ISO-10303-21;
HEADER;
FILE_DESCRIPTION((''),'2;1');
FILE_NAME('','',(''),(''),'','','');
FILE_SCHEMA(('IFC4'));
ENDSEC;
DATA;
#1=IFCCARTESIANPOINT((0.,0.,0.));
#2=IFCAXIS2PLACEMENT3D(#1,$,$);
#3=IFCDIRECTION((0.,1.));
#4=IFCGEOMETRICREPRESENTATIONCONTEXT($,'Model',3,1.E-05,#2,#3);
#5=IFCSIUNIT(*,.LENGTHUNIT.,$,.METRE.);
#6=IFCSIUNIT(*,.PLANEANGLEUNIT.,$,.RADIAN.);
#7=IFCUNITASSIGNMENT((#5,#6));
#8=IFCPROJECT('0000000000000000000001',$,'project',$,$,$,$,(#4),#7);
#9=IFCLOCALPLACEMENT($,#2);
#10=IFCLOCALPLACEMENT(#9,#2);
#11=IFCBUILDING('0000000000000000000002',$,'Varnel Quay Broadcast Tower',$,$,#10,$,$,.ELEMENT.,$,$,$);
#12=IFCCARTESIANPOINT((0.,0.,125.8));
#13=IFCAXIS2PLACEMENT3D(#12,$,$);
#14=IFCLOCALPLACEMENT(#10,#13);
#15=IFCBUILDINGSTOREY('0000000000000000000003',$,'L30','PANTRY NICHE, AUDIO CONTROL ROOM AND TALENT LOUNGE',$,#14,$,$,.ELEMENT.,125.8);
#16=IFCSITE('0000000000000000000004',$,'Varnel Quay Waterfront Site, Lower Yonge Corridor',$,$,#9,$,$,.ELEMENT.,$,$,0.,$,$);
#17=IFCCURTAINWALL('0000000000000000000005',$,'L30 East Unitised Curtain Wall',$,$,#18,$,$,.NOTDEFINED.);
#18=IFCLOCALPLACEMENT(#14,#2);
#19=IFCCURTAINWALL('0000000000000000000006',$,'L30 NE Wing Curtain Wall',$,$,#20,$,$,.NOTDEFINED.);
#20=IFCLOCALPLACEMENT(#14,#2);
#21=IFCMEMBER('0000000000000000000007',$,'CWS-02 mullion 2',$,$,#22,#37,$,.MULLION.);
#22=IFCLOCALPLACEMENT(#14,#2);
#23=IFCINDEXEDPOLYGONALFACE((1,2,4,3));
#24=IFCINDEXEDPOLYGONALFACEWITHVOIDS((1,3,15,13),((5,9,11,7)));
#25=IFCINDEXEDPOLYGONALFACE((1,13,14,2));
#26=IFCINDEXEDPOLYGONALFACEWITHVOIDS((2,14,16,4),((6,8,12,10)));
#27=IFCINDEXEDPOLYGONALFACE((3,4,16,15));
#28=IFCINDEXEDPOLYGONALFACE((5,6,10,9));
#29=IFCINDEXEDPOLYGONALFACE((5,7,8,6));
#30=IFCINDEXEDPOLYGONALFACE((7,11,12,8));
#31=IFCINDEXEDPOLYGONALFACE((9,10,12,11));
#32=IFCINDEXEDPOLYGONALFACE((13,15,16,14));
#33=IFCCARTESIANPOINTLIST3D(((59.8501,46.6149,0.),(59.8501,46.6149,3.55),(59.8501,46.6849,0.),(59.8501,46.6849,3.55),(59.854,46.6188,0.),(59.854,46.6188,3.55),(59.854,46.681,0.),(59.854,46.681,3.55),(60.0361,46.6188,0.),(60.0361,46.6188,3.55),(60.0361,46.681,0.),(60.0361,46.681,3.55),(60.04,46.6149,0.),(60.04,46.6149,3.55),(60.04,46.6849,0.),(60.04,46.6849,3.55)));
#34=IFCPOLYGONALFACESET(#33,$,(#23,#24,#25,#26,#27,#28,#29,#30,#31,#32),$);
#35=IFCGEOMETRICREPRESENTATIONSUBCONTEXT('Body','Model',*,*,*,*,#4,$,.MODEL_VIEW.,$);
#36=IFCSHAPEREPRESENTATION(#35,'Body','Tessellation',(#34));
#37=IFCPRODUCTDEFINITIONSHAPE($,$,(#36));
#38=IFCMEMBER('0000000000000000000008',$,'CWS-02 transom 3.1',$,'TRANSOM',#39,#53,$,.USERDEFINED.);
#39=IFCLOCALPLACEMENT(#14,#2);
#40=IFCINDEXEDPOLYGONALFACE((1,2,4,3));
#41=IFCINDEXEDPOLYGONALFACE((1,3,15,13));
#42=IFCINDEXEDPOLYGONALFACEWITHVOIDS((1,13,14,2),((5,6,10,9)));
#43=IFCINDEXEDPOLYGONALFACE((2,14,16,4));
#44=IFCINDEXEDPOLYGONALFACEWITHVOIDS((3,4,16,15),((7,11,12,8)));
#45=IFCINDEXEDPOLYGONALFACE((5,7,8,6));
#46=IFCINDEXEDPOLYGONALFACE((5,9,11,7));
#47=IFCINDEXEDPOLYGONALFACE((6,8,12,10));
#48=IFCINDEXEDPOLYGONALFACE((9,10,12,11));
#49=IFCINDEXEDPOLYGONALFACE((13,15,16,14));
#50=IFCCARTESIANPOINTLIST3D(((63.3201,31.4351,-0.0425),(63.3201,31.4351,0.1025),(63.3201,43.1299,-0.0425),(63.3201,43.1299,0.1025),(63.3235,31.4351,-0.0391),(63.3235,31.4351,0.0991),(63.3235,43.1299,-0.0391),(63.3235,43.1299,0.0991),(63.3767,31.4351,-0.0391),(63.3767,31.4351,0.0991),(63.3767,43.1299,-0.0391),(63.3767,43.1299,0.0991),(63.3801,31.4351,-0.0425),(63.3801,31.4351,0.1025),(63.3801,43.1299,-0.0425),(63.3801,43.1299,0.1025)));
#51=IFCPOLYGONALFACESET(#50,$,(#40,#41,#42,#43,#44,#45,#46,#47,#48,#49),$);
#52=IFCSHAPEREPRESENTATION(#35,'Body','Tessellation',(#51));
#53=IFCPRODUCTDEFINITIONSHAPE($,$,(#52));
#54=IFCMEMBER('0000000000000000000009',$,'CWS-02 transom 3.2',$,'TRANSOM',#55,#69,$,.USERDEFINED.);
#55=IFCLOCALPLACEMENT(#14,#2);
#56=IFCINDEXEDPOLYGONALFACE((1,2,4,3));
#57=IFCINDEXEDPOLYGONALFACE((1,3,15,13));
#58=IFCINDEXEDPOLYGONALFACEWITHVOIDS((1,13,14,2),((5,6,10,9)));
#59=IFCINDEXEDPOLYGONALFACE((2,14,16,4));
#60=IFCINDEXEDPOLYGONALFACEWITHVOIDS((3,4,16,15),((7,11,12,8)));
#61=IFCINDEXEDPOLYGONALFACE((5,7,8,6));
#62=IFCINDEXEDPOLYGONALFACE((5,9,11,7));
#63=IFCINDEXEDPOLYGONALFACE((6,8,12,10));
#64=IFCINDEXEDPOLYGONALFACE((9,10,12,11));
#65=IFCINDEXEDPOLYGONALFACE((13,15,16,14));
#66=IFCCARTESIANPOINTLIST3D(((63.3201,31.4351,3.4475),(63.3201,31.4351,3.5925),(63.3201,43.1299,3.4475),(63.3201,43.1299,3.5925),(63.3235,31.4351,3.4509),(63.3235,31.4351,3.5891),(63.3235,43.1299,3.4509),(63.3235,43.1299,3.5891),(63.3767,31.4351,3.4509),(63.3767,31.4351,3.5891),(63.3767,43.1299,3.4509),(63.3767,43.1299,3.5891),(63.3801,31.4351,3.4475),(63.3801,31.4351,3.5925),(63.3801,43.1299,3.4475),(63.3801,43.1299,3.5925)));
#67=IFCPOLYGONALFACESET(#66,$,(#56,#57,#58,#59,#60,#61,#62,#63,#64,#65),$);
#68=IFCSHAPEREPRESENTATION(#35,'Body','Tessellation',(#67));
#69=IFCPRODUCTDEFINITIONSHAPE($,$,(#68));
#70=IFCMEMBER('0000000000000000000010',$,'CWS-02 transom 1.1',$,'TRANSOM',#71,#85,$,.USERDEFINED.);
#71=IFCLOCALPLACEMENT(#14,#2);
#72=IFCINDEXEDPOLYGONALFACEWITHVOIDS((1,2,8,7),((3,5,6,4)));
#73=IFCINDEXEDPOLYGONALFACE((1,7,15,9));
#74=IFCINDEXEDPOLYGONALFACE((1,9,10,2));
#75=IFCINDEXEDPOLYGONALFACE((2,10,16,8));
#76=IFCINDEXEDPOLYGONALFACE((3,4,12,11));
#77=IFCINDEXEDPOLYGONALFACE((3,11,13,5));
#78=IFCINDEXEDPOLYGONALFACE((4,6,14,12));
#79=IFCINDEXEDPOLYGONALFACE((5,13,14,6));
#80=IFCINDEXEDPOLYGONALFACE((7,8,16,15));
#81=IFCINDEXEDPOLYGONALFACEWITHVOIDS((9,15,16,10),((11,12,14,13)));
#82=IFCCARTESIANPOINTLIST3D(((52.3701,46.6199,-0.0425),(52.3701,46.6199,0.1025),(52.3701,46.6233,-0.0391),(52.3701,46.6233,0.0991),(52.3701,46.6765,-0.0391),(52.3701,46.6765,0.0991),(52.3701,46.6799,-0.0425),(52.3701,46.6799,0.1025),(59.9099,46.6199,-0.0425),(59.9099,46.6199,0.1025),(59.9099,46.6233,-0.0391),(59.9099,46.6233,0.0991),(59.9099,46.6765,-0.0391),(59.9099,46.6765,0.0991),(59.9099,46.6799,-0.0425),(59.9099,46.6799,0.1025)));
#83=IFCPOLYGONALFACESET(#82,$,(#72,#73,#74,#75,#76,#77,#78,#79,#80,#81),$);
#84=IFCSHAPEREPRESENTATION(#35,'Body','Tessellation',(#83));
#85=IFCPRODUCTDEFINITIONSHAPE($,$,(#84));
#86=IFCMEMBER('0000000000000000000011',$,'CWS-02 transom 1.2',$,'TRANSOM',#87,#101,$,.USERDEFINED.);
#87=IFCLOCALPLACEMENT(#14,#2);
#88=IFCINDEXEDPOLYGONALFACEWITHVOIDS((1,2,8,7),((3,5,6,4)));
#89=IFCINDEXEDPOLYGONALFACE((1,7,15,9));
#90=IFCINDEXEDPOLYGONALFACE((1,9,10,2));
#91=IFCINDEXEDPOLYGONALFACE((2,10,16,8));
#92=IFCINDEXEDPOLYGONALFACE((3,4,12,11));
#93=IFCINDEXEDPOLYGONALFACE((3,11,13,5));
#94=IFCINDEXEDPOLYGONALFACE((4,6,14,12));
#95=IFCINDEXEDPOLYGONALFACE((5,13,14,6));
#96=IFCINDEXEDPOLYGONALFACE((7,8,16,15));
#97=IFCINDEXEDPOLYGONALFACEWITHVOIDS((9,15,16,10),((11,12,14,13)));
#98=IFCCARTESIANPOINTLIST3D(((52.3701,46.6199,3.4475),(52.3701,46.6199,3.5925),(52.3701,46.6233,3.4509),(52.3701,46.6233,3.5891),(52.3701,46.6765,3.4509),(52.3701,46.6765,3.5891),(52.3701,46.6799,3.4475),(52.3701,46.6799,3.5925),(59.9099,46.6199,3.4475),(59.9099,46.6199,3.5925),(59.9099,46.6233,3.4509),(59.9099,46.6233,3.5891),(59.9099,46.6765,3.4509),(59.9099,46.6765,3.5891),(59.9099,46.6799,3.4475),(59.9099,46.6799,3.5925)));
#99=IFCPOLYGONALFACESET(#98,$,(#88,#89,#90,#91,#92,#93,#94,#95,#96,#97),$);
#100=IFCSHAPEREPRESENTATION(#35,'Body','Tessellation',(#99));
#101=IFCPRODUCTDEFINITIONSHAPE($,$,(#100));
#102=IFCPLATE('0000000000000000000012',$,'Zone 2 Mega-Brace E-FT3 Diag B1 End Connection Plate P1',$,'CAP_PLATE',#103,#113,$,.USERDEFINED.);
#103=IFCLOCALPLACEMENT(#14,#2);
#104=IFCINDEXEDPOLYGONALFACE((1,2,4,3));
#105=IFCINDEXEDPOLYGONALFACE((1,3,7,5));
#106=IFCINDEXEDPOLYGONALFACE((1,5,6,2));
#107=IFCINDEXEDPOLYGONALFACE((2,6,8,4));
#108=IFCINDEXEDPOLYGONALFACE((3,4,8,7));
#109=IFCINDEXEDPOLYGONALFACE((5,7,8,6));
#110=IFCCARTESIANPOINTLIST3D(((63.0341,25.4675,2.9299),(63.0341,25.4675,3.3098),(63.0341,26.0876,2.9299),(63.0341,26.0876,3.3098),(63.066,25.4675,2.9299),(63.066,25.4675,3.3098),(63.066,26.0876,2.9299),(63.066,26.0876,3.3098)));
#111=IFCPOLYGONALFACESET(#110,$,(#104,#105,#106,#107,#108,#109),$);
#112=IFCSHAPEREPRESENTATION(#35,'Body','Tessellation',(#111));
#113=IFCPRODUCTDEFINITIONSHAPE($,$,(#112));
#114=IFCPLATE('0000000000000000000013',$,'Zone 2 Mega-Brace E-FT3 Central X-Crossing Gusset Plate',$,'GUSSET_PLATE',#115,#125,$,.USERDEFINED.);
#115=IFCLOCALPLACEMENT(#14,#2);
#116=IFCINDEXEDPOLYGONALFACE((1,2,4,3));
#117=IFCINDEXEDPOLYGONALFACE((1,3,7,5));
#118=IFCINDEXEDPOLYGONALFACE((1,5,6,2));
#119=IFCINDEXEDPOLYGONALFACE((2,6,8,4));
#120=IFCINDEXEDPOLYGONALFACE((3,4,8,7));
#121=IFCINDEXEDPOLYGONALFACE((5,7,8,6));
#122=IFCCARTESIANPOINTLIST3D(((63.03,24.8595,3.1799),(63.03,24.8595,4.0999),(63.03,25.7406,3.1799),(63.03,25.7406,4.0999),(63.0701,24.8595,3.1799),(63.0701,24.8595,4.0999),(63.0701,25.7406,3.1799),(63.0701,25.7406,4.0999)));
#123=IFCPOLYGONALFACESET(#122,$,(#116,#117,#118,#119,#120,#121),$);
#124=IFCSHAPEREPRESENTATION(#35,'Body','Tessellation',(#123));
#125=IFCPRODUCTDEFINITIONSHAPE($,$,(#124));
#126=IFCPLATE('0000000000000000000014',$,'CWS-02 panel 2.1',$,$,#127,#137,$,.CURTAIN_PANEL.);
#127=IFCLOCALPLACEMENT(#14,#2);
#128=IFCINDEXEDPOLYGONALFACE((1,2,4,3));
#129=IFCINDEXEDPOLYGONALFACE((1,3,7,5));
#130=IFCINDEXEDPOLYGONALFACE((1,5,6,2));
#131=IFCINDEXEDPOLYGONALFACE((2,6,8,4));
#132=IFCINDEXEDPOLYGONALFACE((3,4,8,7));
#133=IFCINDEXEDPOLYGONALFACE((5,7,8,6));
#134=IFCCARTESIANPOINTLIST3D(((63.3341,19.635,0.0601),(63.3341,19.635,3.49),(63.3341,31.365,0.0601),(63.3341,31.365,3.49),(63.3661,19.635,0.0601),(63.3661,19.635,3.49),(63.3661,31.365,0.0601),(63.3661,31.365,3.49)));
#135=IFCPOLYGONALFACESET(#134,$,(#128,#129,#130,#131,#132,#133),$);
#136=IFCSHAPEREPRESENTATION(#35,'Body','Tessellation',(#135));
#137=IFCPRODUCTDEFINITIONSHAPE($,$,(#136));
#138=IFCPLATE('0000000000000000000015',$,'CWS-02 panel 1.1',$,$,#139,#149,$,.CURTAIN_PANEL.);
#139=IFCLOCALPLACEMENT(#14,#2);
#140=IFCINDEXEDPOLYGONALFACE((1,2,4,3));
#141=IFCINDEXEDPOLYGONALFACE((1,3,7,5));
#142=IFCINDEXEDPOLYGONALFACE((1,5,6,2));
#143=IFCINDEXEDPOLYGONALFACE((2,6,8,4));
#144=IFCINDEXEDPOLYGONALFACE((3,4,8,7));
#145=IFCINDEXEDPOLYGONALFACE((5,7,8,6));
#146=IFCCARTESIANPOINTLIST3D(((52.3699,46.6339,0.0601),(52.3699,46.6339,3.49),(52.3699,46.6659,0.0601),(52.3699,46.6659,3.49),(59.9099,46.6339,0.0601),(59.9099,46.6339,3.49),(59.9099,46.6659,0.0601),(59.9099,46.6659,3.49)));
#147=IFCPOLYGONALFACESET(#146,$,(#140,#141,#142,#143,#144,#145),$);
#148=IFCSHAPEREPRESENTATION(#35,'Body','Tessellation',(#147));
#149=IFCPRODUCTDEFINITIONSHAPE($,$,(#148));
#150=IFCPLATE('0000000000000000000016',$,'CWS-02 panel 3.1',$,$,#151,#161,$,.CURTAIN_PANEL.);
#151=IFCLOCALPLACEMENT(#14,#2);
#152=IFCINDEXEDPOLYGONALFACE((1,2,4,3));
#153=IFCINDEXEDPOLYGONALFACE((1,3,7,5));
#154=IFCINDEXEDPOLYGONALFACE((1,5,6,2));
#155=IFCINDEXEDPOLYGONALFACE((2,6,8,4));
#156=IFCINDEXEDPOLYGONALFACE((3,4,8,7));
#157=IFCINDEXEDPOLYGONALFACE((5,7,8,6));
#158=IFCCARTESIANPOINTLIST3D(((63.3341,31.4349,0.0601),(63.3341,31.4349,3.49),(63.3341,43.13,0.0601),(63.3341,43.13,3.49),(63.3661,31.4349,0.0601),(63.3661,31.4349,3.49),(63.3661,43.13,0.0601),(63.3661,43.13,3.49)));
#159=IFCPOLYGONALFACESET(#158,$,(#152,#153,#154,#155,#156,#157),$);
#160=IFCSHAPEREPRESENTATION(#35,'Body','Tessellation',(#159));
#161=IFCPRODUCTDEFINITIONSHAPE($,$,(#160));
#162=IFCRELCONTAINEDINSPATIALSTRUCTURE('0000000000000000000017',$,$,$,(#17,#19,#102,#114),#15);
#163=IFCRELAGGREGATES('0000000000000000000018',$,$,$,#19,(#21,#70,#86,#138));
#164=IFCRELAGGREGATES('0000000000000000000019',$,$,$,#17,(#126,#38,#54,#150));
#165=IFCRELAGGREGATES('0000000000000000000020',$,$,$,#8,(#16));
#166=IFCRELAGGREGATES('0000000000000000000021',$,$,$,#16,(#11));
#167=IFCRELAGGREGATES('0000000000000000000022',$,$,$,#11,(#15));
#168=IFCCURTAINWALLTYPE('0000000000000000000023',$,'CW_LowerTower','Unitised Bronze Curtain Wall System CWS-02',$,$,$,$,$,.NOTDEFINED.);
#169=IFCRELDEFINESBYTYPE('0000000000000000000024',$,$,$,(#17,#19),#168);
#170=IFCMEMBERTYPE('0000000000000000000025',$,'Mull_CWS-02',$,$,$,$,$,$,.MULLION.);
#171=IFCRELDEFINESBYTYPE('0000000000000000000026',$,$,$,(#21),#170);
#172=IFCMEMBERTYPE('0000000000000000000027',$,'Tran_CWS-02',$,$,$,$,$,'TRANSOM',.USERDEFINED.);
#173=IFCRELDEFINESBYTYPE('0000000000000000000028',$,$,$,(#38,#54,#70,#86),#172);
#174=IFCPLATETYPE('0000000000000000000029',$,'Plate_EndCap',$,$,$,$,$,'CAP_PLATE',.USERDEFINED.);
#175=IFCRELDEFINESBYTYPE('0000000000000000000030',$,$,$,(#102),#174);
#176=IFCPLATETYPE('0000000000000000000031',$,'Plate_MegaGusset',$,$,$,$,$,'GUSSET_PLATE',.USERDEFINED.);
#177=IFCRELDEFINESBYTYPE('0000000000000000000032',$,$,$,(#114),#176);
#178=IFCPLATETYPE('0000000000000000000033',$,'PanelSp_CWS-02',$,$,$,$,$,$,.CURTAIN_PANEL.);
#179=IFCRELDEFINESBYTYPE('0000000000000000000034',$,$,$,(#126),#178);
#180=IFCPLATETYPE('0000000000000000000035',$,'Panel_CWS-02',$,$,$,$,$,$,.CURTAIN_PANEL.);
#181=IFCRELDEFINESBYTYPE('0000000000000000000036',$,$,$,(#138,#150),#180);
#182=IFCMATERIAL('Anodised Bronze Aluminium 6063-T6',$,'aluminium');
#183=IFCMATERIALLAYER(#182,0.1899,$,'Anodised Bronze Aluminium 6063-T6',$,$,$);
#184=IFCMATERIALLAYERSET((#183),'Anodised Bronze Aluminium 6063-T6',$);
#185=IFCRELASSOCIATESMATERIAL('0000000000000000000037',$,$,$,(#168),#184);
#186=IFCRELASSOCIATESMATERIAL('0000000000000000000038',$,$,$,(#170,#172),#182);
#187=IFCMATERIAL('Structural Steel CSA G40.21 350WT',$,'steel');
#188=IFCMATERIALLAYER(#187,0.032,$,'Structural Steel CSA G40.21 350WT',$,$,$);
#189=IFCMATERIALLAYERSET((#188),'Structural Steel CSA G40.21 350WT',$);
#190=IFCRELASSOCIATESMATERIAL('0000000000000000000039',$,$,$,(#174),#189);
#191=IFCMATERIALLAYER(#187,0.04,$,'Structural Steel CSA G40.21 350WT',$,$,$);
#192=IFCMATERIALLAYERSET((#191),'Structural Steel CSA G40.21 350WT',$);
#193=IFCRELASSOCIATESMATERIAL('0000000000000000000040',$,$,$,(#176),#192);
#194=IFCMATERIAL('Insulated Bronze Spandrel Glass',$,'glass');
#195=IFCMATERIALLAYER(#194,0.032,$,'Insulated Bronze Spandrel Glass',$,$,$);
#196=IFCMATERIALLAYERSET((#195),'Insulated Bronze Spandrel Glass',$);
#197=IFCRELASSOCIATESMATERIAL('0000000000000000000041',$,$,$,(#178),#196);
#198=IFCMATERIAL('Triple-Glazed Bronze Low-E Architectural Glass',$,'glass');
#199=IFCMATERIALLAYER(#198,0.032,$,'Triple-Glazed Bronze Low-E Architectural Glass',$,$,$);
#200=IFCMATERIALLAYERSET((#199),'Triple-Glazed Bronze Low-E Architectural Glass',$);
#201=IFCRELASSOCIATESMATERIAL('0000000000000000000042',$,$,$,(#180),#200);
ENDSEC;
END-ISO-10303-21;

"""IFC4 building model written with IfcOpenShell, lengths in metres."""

from ifc_helpers import new_model, si_unit, direction, frame, origin, origin_2d, place, context, subcontext, project, spatial, rectangle, hollow_rectangle, extrude, source, transform, mapped, material, layer, layer_set, material_profile, profile_set, type_object, type_shapes, element, aggregate, save


model = new_model("IFC4")

# Units and contexts
model_context = context("Model", 3, precision=1e-05, world=origin(), true_north=direction((0.0, 1.0)))
body_context = subcontext(model_context, "Body", "Model", "MODEL_VIEW")
ifc_project = project(units=[si_unit("LENGTHUNIT", "METRE"), si_unit("PLANEANGLEUNIT", "RADIAN")], contexts=[model_context])

# Site, building, storey
site_placement = place(None, origin())
site = spatial("IfcSite", under=ifc_project, at=site_placement, Name="Varnel Quay Waterfront Site, Lower Yonge Corridor", CompositionType="ELEMENT", RefElevation=0.0)
building_placement = place(site_placement, origin())
building = spatial("IfcBuilding", under=site, at=building_placement, Name="Varnel Quay Broadcast Tower", CompositionType="ELEMENT")
storey_placement = place(building_placement, frame((0.0, 0.0, 125.8)))
storey = spatial("IfcBuildingStorey", under=building, at=storey_placement, Name="L30", Description="PANTRY NICHE, AUDIO CONTROL ROOM AND TALENT LOUNGE", CompositionType="ELEMENT", Elevation=125.8)

# Shared definitions
ifc_material_1 = material(Name="Structural Steel CSA G40.21 350WT", Category="steel")

# Curtain walls, member
ifc_material_2 = material(Name="Anodised Bronze Aluminium 6063-T6", Category="aluminium")
ifc_layer_1 = layer(ifc_material_2, 0.1899, Name="Anodised Bronze Aluminium 6063-T6")
ifc_layer_set_1 = layer_set([ifc_layer_1], Name="Anodised Bronze Aluminium 6063-T6")
curtain_wall_type = type_object("IfcCurtainWallType", Name="CW_LowerTower", Description="Unitised Bronze Curtain Wall System CWS-02", PredefinedType="NOTDEFINED", material=ifc_layer_set_1)
curtain_wall_1_placement = place(storey_placement, origin())
curtain_wall_1 = element("IfcCurtainWall", 1, at=curtain_wall_1_placement, inside=storey, type_object=curtain_wall_type, Name="L30 East Unitised Curtain Wall", PredefinedType="NOTDEFINED")
ifc_material_profile_1 = material_profile(ifc_material_2, hollow_rectangle(XDim=0.0701, YDim=0.1899, WallThickness=0.0039, at=origin_2d()), Name="ALU70X190X4")
ifc_profile_set_1 = profile_set([ifc_material_profile_1], Name="Anodised Bronze Aluminium 6063-T6")
member_type_1 = type_object("IfcMemberType", Name="Mull_CWS-02", PredefinedType="MULLION", material=ifc_profile_set_1)
shared_shape_1 = source(origin(), body_context, "Body", "SweptSolid", [
    extrude(hollow_rectangle(XDim=0.0701, YDim=0.1899, WallThickness=0.0039, at=origin_2d()), origin(), (0.0, 0.0, 1.0), 3.55),
])
type_shapes(member_type_1, [shared_shape_1])
curtain_wall_2_placement = place(storey_placement, origin())
curtain_wall_2 = element("IfcCurtainWall", 2, at=curtain_wall_2_placement, inside=storey, type_object=curtain_wall_type, Name="L30 NE Wing Curtain Wall", PredefinedType="NOTDEFINED")
member_1_placement = place(storey_placement, frame((59.9451, 46.6499, 0.0), z_axis=(0.0, 0.0, 1.0), x_axis=(0.0, 1.0, 0.0)))
member_1 = element("IfcMember", 3, at=member_1_placement, type_object=member_type_1, Name="CWS-02 mullion 2", PredefinedType="MULLION", context=body_context, shape_type="MappedRepresentation", body=[
    mapped(shared_shape_1, transform((0.0, 0.0, 0.0), x_axis=(1.0, 0.0, 0.0), y_axis=(0.0, 1.0, 0.0), z_axis=(0.0, 0.0, 1.0), scale=1.0)),
])

# Members
ifc_material_profile_2 = material_profile(ifc_material_2, hollow_rectangle(XDim=0.0601, YDim=0.145, WallThickness=0.0034, at=origin_2d()), Name="ALU60X145X3.5")
ifc_profile_set_2 = profile_set([ifc_material_profile_2], Name="Anodised Bronze Aluminium 6063-T6")
member_type_2 = type_object("IfcMemberType", Name="Tran_CWS-02", ElementType="TRANSOM", PredefinedType="USERDEFINED", material=ifc_profile_set_2)
shared_shape_2 = source(origin(), body_context, "Body", "SweptSolid", [
    extrude(hollow_rectangle(XDim=0.0601, YDim=0.145, WallThickness=0.0034, at=origin_2d()), origin(), (0.0, 0.0, 1.0), 11.6948),
])
member_2_placement = place(storey_placement, frame((63.3501, 31.4351, 0.03), z_axis=(0.0, 1.0, 0.0), x_axis=(-1.0, 0.0, 0.0)))
member_2 = element("IfcMember", 4, at=member_2_placement, type_object=member_type_2, Name="CWS-02 transom 3.1", ObjectType="TRANSOM", PredefinedType="USERDEFINED", context=body_context, shape_type="MappedRepresentation", body=[
    mapped(shared_shape_2, transform((0.0, 0.0, 0.0), x_axis=(1.0, 0.0, 0.0), y_axis=(0.0, 1.0, 0.0), z_axis=(0.0, 0.0, 1.0), scale=1.0)),
])
member_3_placement = place(storey_placement, frame((63.3501, 31.4351, 3.52), z_axis=(0.0, 1.0, 0.0), x_axis=(-1.0, 0.0, 0.0)))
member_3 = element("IfcMember", 5, at=member_3_placement, type_object=member_type_2, Name="CWS-02 transom 3.2", ObjectType="TRANSOM", PredefinedType="USERDEFINED", context=body_context, shape_type="MappedRepresentation", body=[
    mapped(shared_shape_2, transform((0.0, 0.0, 0.0), x_axis=(1.0, 0.0, 0.0), y_axis=(0.0, 1.0, 0.0), z_axis=(0.0, 0.0, 1.0), scale=1.0)),
])
shared_shape_3 = source(origin(), body_context, "Body", "SweptSolid", [
    extrude(hollow_rectangle(XDim=0.0601, YDim=0.145, WallThickness=0.0034, at=origin_2d()), origin(), (0.0, 0.0, 1.0), 7.5398),
])
type_shapes(member_type_2, [shared_shape_2, shared_shape_3])
member_4_placement = place(storey_placement, frame((52.3701, 46.6499, 0.03), z_axis=(1.0, 0.0, 0.0), x_axis=(0.0, 1.0, 0.0)))
member_4 = element("IfcMember", 6, at=member_4_placement, type_object=member_type_2, Name="CWS-02 transom 1.1", ObjectType="TRANSOM", PredefinedType="USERDEFINED", context=body_context, shape_type="MappedRepresentation", body=[
    mapped(shared_shape_3, transform((0.0, 0.0, 0.0), x_axis=(1.0, 0.0, 0.0), y_axis=(0.0, 1.0, 0.0), z_axis=(0.0, 0.0, 1.0), scale=1.0)),
])
member_5_placement = place(storey_placement, frame((52.3701, 46.6499, 3.52), z_axis=(1.0, 0.0, 0.0), x_axis=(0.0, 1.0, 0.0)))
member_5 = element("IfcMember", 7, at=member_5_placement, type_object=member_type_2, Name="CWS-02 transom 1.2", ObjectType="TRANSOM", PredefinedType="USERDEFINED", context=body_context, shape_type="MappedRepresentation", body=[
    mapped(shared_shape_3, transform((0.0, 0.0, 0.0), x_axis=(1.0, 0.0, 0.0), y_axis=(0.0, 1.0, 0.0), z_axis=(0.0, 0.0, 1.0), scale=1.0)),
])

# Plates
ifc_layer_2 = layer(ifc_material_1, 0.032, Name="Structural Steel CSA G40.21 350WT")
ifc_layer_set_2 = layer_set([ifc_layer_2], Name="Structural Steel CSA G40.21 350WT")
plate_type_1 = type_object("IfcPlateType", Name="Plate_EndCap", ElementType="CAP_PLATE", PredefinedType="USERDEFINED", material=ifc_layer_set_2)
shared_shape_4 = source(origin(), body_context, "Body", "SweptSolid", [
    extrude(rectangle(XDim=0.6201, YDim=0.032, at=origin_2d()), origin(), (0.0, 0.0, 1.0), 0.3799),
])
type_shapes(plate_type_1, [shared_shape_4])
plate_1_placement = place(storey_placement, frame((63.05, 25.7776, 2.9299), z_axis=(0.0, 0.0, 1.0), x_axis=(0.0, 1.0, 0.0)))
element("IfcPlate", 8, at=plate_1_placement, inside=storey, type_object=plate_type_1, Name="Zone 2 Mega-Brace E-FT3 Diag B1 End Connection Plate P1", ObjectType="CAP_PLATE", PredefinedType="USERDEFINED", context=body_context, shape_type="MappedRepresentation", body=[
    mapped(shared_shape_4, transform((0.0, 0.0, 0.0), x_axis=(1.0, 0.0, 0.0), y_axis=(0.0, 1.0, 0.0), z_axis=(0.0, 0.0, 1.0), scale=1.0)),
])
ifc_layer_3 = layer(ifc_material_1, 0.04, Name="Structural Steel CSA G40.21 350WT")
ifc_layer_set_3 = layer_set([ifc_layer_3], Name="Structural Steel CSA G40.21 350WT")
plate_type_2 = type_object("IfcPlateType", Name="Plate_MegaGusset", ElementType="GUSSET_PLATE", PredefinedType="USERDEFINED", material=ifc_layer_set_3)
shared_shape_5 = source(origin(), body_context, "Body", "SweptSolid", [
    extrude(rectangle(XDim=0.8811, YDim=0.04, at=origin_2d()), origin(), (0.0, 0.0, 1.0), 0.9199),
])
type_shapes(plate_type_2, [shared_shape_5])
plate_2_placement = place(storey_placement, frame((63.05, 25.3, 3.1799), z_axis=(0.0, 0.0, 1.0), x_axis=(0.0, 1.0, 0.0)))
element("IfcPlate", 9, at=plate_2_placement, inside=storey, type_object=plate_type_2, Name="Zone 2 Mega-Brace E-FT3 Central X-Crossing Gusset Plate", ObjectType="GUSSET_PLATE", PredefinedType="USERDEFINED", context=body_context, shape_type="MappedRepresentation", body=[
    mapped(shared_shape_5, transform((0.0, 0.0, 0.0), x_axis=(1.0, 0.0, 0.0), y_axis=(0.0, 1.0, 0.0), z_axis=(0.0, 0.0, 1.0), scale=1.0)),
])

# Plates
ifc_material_3 = material(Name="Insulated Bronze Spandrel Glass", Category="glass")
ifc_layer_4 = layer(ifc_material_3, 0.032, Name="Insulated Bronze Spandrel Glass")
ifc_layer_set_4 = layer_set([ifc_layer_4], Name="Insulated Bronze Spandrel Glass")
plate_type_3 = type_object("IfcPlateType", Name="PanelSp_CWS-02", PredefinedType="CURTAIN_PANEL", material=ifc_layer_set_4)
shared_shape_6 = source(origin(), body_context, "Body", "SweptSolid", [
    extrude(rectangle(XDim=11.73, YDim=0.032, at=origin_2d()), origin(), (0.0, 0.0, 1.0), 3.4299),
])
type_shapes(plate_type_3, [shared_shape_6])
plate_3_placement = place(storey_placement, frame((63.3501, 25.5, 0.0601), z_axis=(0.0, 0.0, 1.0), x_axis=(0.0, 1.0, 0.0)))
plate_3 = element("IfcPlate", 10, at=plate_3_placement, type_object=plate_type_3, Name="CWS-02 panel 2.1", PredefinedType="CURTAIN_PANEL", context=body_context, shape_type="MappedRepresentation", body=[
    mapped(shared_shape_6, transform((0.0, 0.0, 0.0), x_axis=(1.0, 0.0, 0.0), y_axis=(0.0, 1.0, 0.0), z_axis=(0.0, 0.0, 1.0), scale=1.0)),
])
ifc_material_4 = material(Name="Triple-Glazed Bronze Low-E Architectural Glass", Category="glass")
ifc_layer_5 = layer(ifc_material_4, 0.032, Name="Triple-Glazed Bronze Low-E Architectural Glass")
ifc_layer_set_5 = layer_set([ifc_layer_5], Name="Triple-Glazed Bronze Low-E Architectural Glass")
plate_type_4 = type_object("IfcPlateType", Name="Panel_CWS-02", PredefinedType="CURTAIN_PANEL", material=ifc_layer_set_5)
shared_shape_7 = source(origin(), body_context, "Body", "SweptSolid", [
    extrude(rectangle(XDim=7.54, YDim=0.032, at=origin_2d()), origin(), (0.0, 0.0, 1.0), 3.4299),
])
plate_4_placement = place(storey_placement, frame((56.1399, 46.6499, 0.0601), z_axis=(0.0, 0.0, 1.0), x_axis=(1.0, 0.0, 0.0)))
plate_4 = element("IfcPlate", 11, at=plate_4_placement, type_object=plate_type_4, Name="CWS-02 panel 1.1", PredefinedType="CURTAIN_PANEL", context=body_context, shape_type="MappedRepresentation", body=[
    mapped(shared_shape_7, transform((0.0, 0.0, 0.0), x_axis=(1.0, 0.0, 0.0), y_axis=(0.0, 1.0, 0.0), z_axis=(0.0, 0.0, 1.0), scale=1.0)),
])
aggregate(curtain_wall_2, [member_1, member_4, member_5, plate_4])
shared_shape_8 = source(origin(), body_context, "Body", "SweptSolid", [
    extrude(rectangle(XDim=11.6951, YDim=0.032, at=origin_2d()), origin(), (0.0, 0.0, 1.0), 3.4299),
])
type_shapes(plate_type_4, [shared_shape_7, shared_shape_8])
plate_5_placement = place(storey_placement, frame((63.3501, 37.2825, 0.0601), z_axis=(0.0, 0.0, 1.0), x_axis=(0.0, 1.0, 0.0)))
plate_5 = element("IfcPlate", 12, at=plate_5_placement, type_object=plate_type_4, Name="CWS-02 panel 3.1", PredefinedType="CURTAIN_PANEL", context=body_context, shape_type="MappedRepresentation", body=[
    mapped(shared_shape_8, transform((0.0, 0.0, 0.0), x_axis=(1.0, 0.0, 0.0), y_axis=(0.0, 1.0, 0.0), z_axis=(0.0, 0.0, 1.0), scale=1.0)),
])
aggregate(curtain_wall_1, [plate_3, member_2, member_3, plate_5])

save(model, "model.ifc")
